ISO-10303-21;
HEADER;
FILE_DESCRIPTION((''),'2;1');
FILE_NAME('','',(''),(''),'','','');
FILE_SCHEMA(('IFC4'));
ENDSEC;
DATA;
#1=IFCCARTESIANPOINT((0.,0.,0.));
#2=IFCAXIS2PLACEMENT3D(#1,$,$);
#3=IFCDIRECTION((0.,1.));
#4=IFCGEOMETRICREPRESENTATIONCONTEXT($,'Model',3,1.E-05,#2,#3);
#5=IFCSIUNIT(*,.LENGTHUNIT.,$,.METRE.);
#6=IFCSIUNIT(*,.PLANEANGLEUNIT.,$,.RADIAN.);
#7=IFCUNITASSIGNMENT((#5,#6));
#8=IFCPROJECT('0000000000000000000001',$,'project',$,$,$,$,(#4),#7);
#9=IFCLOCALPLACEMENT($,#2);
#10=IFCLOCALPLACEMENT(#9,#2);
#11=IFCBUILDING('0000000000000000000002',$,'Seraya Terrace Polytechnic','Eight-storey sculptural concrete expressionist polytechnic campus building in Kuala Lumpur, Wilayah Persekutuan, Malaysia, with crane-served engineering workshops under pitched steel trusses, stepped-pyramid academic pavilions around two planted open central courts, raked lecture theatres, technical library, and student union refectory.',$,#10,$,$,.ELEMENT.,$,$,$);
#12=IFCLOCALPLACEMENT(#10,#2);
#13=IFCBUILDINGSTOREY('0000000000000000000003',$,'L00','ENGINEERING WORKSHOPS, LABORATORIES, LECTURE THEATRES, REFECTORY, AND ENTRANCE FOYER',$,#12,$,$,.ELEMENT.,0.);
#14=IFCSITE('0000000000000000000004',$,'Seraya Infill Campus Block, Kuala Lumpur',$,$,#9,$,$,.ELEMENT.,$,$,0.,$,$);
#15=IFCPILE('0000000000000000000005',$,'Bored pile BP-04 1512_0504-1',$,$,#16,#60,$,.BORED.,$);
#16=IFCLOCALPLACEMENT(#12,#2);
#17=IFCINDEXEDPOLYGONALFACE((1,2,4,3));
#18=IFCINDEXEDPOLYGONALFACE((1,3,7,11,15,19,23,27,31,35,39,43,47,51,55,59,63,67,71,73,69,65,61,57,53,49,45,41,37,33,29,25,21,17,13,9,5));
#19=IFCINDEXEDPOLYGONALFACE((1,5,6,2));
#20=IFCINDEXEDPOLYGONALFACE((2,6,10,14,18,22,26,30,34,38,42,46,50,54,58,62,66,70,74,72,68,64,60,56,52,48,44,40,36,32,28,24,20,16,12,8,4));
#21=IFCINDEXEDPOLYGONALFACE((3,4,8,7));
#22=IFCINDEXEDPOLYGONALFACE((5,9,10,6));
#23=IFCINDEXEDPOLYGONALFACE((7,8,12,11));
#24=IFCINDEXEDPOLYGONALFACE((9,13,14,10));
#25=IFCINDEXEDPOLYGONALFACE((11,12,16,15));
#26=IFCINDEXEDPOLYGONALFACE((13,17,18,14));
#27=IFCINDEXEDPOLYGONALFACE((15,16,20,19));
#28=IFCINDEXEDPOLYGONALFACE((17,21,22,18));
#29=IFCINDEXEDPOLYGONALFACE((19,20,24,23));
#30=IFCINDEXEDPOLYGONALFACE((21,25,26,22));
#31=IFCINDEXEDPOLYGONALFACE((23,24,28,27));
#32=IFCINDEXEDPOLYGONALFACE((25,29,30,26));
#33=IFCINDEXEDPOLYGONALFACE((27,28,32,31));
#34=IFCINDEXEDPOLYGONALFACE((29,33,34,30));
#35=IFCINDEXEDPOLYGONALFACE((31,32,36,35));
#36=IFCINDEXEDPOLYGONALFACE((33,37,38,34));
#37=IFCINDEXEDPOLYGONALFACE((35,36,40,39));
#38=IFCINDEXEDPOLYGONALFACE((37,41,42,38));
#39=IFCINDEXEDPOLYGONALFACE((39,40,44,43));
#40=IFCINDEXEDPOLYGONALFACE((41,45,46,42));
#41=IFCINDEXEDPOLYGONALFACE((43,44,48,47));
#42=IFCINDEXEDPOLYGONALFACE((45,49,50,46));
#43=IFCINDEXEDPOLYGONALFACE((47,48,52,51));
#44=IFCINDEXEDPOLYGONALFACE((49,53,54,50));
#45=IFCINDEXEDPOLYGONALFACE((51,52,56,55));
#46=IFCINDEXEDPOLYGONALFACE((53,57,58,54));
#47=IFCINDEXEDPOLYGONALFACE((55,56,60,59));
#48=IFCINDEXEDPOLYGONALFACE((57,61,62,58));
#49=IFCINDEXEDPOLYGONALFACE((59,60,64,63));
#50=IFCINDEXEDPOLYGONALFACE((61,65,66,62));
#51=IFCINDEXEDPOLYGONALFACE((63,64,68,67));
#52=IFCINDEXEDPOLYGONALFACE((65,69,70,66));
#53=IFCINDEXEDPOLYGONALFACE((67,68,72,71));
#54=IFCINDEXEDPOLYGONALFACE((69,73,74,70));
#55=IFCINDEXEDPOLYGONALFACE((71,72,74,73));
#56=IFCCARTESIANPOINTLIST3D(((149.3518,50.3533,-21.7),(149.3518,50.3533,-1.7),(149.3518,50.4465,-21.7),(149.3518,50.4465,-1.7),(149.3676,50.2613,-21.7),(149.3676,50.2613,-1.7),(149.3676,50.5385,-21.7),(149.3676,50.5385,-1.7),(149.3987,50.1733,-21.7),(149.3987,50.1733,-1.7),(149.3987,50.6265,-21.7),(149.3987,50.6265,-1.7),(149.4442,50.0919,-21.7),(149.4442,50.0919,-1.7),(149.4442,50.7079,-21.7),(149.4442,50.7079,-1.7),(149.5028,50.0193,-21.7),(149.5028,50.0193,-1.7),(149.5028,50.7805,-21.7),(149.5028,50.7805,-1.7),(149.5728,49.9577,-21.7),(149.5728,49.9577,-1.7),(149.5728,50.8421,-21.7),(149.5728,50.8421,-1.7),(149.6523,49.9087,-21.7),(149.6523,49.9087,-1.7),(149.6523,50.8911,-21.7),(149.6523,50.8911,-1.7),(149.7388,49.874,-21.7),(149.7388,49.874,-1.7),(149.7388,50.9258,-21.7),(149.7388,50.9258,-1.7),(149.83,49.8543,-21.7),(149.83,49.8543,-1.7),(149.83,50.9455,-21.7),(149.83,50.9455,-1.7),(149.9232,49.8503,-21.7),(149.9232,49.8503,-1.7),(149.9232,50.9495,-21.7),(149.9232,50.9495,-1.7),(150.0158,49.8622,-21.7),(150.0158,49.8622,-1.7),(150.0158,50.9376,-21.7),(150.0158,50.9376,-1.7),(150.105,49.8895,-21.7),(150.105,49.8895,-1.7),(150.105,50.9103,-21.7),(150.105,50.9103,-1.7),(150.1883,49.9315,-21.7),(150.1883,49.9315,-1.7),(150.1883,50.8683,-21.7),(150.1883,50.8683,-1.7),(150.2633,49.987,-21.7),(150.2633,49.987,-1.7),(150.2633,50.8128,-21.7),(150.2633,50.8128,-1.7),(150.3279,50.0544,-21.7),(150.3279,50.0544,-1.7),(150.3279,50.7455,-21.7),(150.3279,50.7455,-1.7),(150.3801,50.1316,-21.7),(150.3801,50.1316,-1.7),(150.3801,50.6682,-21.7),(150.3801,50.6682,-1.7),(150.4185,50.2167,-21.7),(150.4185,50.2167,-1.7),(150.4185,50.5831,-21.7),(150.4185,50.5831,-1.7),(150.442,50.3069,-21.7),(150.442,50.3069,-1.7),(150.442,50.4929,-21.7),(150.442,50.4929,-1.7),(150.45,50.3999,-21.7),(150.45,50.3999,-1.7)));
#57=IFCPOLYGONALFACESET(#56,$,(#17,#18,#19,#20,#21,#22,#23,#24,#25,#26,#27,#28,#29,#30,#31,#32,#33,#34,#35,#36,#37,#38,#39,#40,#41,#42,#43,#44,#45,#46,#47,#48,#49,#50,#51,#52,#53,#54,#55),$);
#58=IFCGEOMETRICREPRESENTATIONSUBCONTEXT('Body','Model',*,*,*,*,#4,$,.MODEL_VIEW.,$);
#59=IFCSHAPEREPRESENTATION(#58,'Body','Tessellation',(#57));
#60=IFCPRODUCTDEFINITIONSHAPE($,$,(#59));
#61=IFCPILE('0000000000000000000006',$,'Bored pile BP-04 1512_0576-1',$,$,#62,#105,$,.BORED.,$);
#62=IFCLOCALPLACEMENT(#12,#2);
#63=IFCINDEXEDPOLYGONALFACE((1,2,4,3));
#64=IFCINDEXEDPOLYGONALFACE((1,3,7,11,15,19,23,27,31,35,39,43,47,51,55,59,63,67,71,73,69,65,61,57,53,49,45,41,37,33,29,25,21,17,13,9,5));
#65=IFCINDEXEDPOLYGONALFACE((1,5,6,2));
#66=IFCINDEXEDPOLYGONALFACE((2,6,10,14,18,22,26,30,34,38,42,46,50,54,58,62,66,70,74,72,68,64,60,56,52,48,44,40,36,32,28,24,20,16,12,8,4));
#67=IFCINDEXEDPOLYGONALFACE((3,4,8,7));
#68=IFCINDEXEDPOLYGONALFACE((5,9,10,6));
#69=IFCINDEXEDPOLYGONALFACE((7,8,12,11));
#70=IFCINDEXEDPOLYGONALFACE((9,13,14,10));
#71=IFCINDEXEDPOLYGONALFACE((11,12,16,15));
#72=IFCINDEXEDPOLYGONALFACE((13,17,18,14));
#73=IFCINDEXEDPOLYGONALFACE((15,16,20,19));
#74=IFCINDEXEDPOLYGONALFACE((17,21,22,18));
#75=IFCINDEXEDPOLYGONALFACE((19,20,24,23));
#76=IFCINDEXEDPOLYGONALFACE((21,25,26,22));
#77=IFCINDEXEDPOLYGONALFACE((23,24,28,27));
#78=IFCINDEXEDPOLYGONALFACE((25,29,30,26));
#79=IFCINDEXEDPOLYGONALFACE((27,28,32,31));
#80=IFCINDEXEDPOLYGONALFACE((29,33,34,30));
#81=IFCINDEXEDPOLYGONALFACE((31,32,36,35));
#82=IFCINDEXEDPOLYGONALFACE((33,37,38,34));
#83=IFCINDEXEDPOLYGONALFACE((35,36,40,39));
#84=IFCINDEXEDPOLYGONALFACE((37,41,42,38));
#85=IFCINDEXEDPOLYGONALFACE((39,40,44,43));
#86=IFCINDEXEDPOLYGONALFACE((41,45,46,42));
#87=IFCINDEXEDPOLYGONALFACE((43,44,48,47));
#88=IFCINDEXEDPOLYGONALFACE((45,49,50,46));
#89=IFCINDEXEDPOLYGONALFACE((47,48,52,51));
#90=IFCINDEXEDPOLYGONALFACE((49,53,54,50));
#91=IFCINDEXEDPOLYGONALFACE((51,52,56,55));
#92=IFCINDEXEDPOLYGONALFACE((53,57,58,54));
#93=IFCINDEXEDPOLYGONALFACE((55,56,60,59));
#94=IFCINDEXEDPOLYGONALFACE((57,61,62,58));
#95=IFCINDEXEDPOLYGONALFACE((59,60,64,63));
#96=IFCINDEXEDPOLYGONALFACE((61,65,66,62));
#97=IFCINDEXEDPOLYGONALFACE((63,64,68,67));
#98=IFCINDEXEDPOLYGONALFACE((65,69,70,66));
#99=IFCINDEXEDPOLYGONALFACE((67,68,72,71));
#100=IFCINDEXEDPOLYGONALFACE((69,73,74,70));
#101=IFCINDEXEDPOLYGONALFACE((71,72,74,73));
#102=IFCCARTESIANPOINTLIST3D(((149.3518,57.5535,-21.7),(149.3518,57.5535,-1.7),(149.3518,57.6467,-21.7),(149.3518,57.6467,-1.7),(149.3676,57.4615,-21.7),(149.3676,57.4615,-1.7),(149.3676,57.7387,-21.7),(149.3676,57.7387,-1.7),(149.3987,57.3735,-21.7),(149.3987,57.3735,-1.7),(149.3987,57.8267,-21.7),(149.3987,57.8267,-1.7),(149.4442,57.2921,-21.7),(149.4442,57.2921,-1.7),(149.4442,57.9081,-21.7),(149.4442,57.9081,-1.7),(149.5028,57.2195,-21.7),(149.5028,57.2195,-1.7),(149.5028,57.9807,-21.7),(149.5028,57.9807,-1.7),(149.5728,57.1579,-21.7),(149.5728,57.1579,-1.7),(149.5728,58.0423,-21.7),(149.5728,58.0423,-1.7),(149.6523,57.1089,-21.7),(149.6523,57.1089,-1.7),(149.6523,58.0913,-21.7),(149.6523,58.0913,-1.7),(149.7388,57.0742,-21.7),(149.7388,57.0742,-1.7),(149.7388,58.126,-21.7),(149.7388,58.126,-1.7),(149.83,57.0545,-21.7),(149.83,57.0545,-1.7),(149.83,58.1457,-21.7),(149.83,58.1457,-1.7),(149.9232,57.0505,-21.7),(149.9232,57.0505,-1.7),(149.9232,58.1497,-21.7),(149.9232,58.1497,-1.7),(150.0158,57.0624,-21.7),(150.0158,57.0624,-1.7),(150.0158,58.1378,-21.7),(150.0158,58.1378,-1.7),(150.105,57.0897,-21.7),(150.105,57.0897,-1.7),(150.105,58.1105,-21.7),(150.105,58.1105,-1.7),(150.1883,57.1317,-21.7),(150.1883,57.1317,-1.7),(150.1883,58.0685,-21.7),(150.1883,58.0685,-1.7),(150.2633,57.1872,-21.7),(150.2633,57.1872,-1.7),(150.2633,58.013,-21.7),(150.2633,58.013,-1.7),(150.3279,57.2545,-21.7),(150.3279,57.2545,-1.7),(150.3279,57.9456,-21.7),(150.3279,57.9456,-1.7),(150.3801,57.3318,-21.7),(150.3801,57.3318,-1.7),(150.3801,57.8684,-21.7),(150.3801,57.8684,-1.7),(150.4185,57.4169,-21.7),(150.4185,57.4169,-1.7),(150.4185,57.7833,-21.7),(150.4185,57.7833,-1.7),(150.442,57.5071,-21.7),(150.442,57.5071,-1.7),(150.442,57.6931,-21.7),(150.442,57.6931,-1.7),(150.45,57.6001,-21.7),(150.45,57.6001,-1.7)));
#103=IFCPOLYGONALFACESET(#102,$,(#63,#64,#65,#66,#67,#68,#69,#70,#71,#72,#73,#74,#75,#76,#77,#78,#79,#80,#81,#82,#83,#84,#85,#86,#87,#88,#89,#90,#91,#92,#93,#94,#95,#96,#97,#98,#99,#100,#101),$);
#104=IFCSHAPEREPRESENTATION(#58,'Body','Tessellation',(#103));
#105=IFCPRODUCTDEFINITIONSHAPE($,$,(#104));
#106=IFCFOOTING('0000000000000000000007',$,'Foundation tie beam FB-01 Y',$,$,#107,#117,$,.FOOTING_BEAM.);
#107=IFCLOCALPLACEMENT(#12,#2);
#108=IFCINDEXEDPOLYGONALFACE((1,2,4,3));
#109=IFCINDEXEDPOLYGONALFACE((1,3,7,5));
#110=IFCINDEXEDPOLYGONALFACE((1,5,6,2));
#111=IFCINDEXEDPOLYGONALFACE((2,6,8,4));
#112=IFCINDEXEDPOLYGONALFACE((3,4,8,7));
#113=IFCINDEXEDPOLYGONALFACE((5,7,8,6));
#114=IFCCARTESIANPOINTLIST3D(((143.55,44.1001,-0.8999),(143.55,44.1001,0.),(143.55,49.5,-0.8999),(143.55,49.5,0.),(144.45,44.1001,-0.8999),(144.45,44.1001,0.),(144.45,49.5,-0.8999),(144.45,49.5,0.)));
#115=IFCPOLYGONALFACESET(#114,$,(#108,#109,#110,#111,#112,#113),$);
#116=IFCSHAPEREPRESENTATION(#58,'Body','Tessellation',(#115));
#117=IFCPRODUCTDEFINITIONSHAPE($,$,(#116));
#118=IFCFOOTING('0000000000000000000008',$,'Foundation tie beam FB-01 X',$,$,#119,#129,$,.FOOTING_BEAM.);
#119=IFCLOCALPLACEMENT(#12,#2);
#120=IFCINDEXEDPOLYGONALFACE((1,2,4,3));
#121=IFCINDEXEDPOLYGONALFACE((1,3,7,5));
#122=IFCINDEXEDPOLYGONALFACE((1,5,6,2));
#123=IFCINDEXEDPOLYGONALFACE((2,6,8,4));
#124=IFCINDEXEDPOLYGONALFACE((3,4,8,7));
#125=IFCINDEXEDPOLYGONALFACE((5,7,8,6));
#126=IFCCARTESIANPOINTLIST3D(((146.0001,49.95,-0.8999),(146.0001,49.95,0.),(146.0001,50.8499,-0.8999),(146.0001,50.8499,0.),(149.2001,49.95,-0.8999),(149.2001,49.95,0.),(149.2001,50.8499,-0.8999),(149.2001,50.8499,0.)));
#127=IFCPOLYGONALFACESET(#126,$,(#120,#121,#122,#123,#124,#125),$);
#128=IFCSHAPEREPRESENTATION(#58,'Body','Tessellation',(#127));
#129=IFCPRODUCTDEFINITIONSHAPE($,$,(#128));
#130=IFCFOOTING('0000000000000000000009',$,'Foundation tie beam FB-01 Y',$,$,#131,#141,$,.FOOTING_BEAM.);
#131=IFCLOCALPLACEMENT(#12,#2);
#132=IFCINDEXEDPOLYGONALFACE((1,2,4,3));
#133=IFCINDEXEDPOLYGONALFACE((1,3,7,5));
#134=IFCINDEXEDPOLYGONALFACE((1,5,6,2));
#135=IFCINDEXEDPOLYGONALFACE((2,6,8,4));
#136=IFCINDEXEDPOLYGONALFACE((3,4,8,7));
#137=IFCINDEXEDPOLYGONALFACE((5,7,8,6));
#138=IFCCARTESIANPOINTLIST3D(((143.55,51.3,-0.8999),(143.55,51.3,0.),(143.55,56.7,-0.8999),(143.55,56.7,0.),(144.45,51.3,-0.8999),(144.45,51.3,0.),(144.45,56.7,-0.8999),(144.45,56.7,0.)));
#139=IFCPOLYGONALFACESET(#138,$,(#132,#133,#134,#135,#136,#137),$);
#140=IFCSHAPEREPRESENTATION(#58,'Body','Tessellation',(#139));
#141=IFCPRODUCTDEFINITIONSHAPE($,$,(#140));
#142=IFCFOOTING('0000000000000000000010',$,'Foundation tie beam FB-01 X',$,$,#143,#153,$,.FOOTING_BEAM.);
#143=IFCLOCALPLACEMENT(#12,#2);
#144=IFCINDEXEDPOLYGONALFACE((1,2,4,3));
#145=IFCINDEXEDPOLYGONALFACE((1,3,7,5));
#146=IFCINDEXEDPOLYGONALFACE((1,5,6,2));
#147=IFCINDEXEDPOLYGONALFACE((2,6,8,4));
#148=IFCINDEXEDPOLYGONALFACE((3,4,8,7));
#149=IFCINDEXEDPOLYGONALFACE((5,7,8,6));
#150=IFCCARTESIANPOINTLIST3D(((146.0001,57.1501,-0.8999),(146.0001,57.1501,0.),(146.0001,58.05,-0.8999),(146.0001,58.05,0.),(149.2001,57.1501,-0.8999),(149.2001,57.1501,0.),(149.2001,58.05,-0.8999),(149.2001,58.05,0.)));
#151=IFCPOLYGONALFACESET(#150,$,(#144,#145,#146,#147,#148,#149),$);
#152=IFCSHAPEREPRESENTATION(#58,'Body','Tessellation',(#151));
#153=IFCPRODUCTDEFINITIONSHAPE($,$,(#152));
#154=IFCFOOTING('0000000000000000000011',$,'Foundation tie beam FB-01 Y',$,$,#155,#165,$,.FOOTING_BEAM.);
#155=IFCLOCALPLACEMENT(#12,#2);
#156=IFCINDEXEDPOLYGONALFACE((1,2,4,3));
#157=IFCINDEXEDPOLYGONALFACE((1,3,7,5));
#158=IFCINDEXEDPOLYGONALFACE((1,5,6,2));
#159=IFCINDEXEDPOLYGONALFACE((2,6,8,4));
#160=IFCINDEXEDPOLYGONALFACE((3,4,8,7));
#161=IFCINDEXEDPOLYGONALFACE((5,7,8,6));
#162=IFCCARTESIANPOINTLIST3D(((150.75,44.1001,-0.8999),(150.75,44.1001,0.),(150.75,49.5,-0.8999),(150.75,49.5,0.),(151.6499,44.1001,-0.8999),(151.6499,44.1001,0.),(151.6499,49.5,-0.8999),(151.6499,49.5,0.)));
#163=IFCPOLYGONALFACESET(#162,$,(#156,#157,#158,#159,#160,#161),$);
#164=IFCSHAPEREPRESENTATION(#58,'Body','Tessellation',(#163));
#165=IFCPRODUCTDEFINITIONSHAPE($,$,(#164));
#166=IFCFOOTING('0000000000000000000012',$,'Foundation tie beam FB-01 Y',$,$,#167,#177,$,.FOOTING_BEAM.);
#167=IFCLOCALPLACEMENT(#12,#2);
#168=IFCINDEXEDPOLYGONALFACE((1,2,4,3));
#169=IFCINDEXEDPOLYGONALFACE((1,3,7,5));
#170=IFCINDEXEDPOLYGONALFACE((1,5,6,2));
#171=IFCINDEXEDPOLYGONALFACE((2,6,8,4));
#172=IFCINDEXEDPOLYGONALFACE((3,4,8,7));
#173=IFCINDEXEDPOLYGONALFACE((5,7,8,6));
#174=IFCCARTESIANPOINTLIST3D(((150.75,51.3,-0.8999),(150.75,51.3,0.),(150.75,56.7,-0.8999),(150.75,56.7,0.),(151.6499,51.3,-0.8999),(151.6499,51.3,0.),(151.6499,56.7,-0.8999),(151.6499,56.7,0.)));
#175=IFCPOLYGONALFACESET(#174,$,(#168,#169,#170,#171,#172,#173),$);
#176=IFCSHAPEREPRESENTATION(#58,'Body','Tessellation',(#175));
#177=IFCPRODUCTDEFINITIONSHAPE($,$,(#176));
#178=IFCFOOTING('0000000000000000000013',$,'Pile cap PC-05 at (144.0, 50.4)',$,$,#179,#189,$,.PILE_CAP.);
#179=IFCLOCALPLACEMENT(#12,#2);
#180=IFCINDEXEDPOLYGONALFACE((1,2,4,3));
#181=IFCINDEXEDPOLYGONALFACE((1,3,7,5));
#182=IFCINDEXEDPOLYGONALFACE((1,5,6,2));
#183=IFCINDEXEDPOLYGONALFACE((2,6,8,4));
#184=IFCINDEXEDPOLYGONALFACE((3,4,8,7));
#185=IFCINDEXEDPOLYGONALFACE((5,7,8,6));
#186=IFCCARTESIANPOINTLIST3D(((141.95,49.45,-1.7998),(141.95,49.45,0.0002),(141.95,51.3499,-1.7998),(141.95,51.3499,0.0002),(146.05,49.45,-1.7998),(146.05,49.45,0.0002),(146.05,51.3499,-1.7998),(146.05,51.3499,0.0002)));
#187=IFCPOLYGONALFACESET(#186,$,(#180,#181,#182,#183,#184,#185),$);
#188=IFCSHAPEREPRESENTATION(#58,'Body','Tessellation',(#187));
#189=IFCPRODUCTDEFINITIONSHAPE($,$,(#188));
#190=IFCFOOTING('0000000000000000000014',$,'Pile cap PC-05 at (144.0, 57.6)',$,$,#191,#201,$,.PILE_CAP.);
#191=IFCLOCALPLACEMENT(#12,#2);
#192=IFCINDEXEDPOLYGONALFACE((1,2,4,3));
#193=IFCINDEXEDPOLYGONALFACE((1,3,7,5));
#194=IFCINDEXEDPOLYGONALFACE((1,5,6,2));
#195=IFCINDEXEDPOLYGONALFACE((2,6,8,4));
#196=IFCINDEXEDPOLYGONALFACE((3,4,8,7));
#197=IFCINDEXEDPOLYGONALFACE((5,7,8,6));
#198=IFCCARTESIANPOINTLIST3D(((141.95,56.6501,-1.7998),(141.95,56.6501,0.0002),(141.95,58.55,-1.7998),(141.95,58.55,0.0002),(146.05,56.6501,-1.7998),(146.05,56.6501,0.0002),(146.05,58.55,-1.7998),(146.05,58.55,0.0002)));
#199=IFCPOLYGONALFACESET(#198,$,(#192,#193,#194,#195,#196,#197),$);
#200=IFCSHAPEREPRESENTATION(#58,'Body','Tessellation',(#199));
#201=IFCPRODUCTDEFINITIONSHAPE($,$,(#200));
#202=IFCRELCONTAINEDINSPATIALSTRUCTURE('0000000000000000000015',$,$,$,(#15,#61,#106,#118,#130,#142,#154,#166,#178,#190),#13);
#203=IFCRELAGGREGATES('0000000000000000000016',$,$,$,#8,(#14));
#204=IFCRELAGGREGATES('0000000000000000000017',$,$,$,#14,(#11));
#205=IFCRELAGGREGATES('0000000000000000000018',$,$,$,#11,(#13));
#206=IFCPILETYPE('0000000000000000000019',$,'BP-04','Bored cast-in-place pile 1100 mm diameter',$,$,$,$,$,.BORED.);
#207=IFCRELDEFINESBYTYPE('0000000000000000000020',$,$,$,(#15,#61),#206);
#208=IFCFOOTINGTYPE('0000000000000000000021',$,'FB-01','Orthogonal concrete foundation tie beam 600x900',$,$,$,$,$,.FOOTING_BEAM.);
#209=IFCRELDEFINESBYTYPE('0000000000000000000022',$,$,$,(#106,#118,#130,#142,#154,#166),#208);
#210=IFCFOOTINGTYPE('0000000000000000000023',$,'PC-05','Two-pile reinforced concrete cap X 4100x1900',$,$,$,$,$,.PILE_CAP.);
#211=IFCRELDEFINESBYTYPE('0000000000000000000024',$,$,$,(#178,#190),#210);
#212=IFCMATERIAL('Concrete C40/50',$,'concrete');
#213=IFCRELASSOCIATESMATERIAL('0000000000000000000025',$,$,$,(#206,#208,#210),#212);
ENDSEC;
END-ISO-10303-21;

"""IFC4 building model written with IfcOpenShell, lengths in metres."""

from ifc_helpers import new_model, si_unit, direction, frame, origin, origin_2d, place, context, subcontext, project, spatial, rectangle, circle, extrude, material, material_profile, profile_set, type_object, element, save


model = new_model("IFC4")

# Units and contexts
model_context = context("Model", 3, precision=1e-05, world=origin(), true_north=direction((0.0, 1.0)))
body_context = subcontext(model_context, "Body", "Model", "MODEL_VIEW")
ifc_project = project(units=[si_unit("LENGTHUNIT", "METRE"), si_unit("PLANEANGLEUNIT", "RADIAN")], contexts=[model_context])

# Site, building, storey
site_placement = place(None, origin())
site = spatial("IfcSite", under=ifc_project, at=site_placement, Name="Seraya Infill Campus Block, Kuala Lumpur", CompositionType="ELEMENT", RefElevation=0.0)
building_placement = place(site_placement, origin())
building = spatial("IfcBuilding", under=site, at=building_placement, Name="Seraya Terrace Polytechnic", Description="Eight-storey sculptural concrete expressionist polytechnic campus building in Kuala Lumpur, Wilayah Persekutuan, Malaysia, with crane-served engineering workshops under pitched steel trusses, stepped-pyramid academic pavilions around two planted open central courts, raked lecture theatres, technical library, and student union refectory.", CompositionType="ELEMENT")
storey_placement = place(building_placement, origin())
storey = spatial("IfcBuildingStorey", under=building, at=storey_placement, Name="L00", Description="ENGINEERING WORKSHOPS, LABORATORIES, LECTURE THEATRES, REFECTORY, AND ENTRANCE FOYER", CompositionType="ELEMENT", Elevation=0.0)

# Piles
ifc_material_1 = material(Name="Concrete C40/50", Category="concrete")
ifc_material_profile_1 = material_profile(ifc_material_1, circle(Radius=0.55, at=origin_2d()), Name="DIA 1100")
ifc_profile_set_1 = profile_set([ifc_material_profile_1], Name="Concrete C40/50")
pile_type = type_object("IfcPileType", Name="BP-04", Description="Bored cast-in-place pile 1100 mm diameter", PredefinedType="BORED", material=ifc_profile_set_1)
for number, where, z_axis, x_axis, name in (
    (1, (149.8999, 50.3999, -1.7), (0.0, 0.0, -1.0), (1.0, 0.0, 0.0), "Bored pile BP-04 1512_0504-1"),
    (2, (149.8999, 57.6001, -1.7), (0.0, 0.0, -1.0), (1.0, 0.0, 0.0), "Bored pile BP-04 1512_0576-1"),
):
    element("IfcPile", number, at=place(storey_placement, frame(where, z_axis=z_axis, x_axis=x_axis)), inside=storey, type_object=pile_type, Name=name, PredefinedType="BORED", context=body_context, shape_type="SweptSolid", body=[
        extrude(circle(Radius=0.55, at=origin_2d()), origin(), (0.0, 0.0, 1.0), 20.0),
    ])

# Footings
footing_type_1 = type_object("IfcFootingType", Name="FB-01", Description="Orthogonal concrete foundation tie beam 600x900", PredefinedType="FOOTING_BEAM", material=ifc_material_1)
footing_1_placement = place(storey_placement, frame((144.0, 46.8, -0.8999), z_axis=(0.0, 0.0, 1.0), x_axis=(0.0, 1.0, 0.0)))
element("IfcFooting", 3, at=footing_1_placement, inside=storey, type_object=footing_type_1, Name="Foundation tie beam FB-01 Y", PredefinedType="FOOTING_BEAM", context=body_context, shape_type="SweptSolid", body=[
    extrude(rectangle(XDim=5.3999, YDim=0.8999, at=origin_2d()), origin(), (0.0, 0.0, 1.0), 0.8999),
])
footing_2_placement = place(storey_placement, frame((147.6001, 50.3999, -0.8999), z_axis=(0.0, 0.0, 1.0), x_axis=(1.0, 0.0, 0.0)))
element("IfcFooting", 4, at=footing_2_placement, inside=storey, type_object=footing_type_1, Name="Foundation tie beam FB-01 X", PredefinedType="FOOTING_BEAM", context=body_context, shape_type="SweptSolid", body=[
    extrude(rectangle(XDim=3.2, YDim=0.8999, at=origin_2d()), origin(), (0.0, 0.0, 1.0), 0.8999),
])
footing_3_placement = place(storey_placement, frame((144.0, 54.0, -0.8999), z_axis=(0.0, 0.0, 1.0), x_axis=(0.0, 1.0, 0.0)))
element("IfcFooting", 5, at=footing_3_placement, inside=storey, type_object=footing_type_1, Name="Foundation tie beam FB-01 Y", PredefinedType="FOOTING_BEAM", context=body_context, shape_type="SweptSolid", body=[
    extrude(rectangle(XDim=5.3999, YDim=0.8999, at=origin_2d()), origin(), (0.0, 0.0, 1.0), 0.8999),
])
footing_4_placement = place(storey_placement, frame((147.6001, 57.6001, -0.8999), z_axis=(0.0, 0.0, 1.0), x_axis=(1.0, 0.0, 0.0)))
element("IfcFooting", 6, at=footing_4_placement, inside=storey, type_object=footing_type_1, Name="Foundation tie beam FB-01 X", PredefinedType="FOOTING_BEAM", context=body_context, shape_type="SweptSolid", body=[
    extrude(rectangle(XDim=3.2, YDim=0.8999, at=origin_2d()), origin(), (0.0, 0.0, 1.0), 0.8999),
])
for number, where, z_axis, x_axis, name in (
    (7, (151.2, 46.8, -0.8999), (0.0, 0.0, 1.0), (0.0, 1.0, 0.0), "Foundation tie beam FB-01 Y"),
    (8, (151.2, 54.0, -0.8999), (0.0, 0.0, 1.0), (0.0, 1.0, 0.0), "Foundation tie beam FB-01 Y"),
):
    element("IfcFooting", number, at=place(storey_placement, frame(where, z_axis=z_axis, x_axis=x_axis)), inside=storey, type_object=footing_type_1, Name=name, PredefinedType="FOOTING_BEAM", context=body_context, shape_type="SweptSolid", body=[
        extrude(rectangle(XDim=5.3999, YDim=0.8999, at=origin_2d()), origin(), (0.0, 0.0, 1.0), 0.8999),
    ])
footing_type_2 = type_object("IfcFootingType", Name="PC-05", Description="Two-pile reinforced concrete cap X 4100x1900", PredefinedType="PILE_CAP", material=ifc_material_1)
for number, where, z_axis, x_axis, name in (
    (9, (144.0, 50.3999, -1.7998), (0.0, 0.0, 1.0), (1.0, 0.0, 0.0), "Pile cap PC-05 at (144.0, 50.4)"),
    (10, (144.0, 57.6001, -1.7998), (0.0, 0.0, 1.0), (1.0, 0.0, 0.0), "Pile cap PC-05 at (144.0, 57.6)"),
):
    element("IfcFooting", number, at=place(storey_placement, frame(where, z_axis=z_axis, x_axis=x_axis)), inside=storey, type_object=footing_type_2, Name=name, PredefinedType="PILE_CAP", context=body_context, shape_type="SweptSolid", body=[
        extrude(rectangle(XDim=4.1001, YDim=1.8999, at=origin_2d()), origin(), (0.0, 0.0, 1.0), 1.8),
    ])

save(model, "model.ifc")
